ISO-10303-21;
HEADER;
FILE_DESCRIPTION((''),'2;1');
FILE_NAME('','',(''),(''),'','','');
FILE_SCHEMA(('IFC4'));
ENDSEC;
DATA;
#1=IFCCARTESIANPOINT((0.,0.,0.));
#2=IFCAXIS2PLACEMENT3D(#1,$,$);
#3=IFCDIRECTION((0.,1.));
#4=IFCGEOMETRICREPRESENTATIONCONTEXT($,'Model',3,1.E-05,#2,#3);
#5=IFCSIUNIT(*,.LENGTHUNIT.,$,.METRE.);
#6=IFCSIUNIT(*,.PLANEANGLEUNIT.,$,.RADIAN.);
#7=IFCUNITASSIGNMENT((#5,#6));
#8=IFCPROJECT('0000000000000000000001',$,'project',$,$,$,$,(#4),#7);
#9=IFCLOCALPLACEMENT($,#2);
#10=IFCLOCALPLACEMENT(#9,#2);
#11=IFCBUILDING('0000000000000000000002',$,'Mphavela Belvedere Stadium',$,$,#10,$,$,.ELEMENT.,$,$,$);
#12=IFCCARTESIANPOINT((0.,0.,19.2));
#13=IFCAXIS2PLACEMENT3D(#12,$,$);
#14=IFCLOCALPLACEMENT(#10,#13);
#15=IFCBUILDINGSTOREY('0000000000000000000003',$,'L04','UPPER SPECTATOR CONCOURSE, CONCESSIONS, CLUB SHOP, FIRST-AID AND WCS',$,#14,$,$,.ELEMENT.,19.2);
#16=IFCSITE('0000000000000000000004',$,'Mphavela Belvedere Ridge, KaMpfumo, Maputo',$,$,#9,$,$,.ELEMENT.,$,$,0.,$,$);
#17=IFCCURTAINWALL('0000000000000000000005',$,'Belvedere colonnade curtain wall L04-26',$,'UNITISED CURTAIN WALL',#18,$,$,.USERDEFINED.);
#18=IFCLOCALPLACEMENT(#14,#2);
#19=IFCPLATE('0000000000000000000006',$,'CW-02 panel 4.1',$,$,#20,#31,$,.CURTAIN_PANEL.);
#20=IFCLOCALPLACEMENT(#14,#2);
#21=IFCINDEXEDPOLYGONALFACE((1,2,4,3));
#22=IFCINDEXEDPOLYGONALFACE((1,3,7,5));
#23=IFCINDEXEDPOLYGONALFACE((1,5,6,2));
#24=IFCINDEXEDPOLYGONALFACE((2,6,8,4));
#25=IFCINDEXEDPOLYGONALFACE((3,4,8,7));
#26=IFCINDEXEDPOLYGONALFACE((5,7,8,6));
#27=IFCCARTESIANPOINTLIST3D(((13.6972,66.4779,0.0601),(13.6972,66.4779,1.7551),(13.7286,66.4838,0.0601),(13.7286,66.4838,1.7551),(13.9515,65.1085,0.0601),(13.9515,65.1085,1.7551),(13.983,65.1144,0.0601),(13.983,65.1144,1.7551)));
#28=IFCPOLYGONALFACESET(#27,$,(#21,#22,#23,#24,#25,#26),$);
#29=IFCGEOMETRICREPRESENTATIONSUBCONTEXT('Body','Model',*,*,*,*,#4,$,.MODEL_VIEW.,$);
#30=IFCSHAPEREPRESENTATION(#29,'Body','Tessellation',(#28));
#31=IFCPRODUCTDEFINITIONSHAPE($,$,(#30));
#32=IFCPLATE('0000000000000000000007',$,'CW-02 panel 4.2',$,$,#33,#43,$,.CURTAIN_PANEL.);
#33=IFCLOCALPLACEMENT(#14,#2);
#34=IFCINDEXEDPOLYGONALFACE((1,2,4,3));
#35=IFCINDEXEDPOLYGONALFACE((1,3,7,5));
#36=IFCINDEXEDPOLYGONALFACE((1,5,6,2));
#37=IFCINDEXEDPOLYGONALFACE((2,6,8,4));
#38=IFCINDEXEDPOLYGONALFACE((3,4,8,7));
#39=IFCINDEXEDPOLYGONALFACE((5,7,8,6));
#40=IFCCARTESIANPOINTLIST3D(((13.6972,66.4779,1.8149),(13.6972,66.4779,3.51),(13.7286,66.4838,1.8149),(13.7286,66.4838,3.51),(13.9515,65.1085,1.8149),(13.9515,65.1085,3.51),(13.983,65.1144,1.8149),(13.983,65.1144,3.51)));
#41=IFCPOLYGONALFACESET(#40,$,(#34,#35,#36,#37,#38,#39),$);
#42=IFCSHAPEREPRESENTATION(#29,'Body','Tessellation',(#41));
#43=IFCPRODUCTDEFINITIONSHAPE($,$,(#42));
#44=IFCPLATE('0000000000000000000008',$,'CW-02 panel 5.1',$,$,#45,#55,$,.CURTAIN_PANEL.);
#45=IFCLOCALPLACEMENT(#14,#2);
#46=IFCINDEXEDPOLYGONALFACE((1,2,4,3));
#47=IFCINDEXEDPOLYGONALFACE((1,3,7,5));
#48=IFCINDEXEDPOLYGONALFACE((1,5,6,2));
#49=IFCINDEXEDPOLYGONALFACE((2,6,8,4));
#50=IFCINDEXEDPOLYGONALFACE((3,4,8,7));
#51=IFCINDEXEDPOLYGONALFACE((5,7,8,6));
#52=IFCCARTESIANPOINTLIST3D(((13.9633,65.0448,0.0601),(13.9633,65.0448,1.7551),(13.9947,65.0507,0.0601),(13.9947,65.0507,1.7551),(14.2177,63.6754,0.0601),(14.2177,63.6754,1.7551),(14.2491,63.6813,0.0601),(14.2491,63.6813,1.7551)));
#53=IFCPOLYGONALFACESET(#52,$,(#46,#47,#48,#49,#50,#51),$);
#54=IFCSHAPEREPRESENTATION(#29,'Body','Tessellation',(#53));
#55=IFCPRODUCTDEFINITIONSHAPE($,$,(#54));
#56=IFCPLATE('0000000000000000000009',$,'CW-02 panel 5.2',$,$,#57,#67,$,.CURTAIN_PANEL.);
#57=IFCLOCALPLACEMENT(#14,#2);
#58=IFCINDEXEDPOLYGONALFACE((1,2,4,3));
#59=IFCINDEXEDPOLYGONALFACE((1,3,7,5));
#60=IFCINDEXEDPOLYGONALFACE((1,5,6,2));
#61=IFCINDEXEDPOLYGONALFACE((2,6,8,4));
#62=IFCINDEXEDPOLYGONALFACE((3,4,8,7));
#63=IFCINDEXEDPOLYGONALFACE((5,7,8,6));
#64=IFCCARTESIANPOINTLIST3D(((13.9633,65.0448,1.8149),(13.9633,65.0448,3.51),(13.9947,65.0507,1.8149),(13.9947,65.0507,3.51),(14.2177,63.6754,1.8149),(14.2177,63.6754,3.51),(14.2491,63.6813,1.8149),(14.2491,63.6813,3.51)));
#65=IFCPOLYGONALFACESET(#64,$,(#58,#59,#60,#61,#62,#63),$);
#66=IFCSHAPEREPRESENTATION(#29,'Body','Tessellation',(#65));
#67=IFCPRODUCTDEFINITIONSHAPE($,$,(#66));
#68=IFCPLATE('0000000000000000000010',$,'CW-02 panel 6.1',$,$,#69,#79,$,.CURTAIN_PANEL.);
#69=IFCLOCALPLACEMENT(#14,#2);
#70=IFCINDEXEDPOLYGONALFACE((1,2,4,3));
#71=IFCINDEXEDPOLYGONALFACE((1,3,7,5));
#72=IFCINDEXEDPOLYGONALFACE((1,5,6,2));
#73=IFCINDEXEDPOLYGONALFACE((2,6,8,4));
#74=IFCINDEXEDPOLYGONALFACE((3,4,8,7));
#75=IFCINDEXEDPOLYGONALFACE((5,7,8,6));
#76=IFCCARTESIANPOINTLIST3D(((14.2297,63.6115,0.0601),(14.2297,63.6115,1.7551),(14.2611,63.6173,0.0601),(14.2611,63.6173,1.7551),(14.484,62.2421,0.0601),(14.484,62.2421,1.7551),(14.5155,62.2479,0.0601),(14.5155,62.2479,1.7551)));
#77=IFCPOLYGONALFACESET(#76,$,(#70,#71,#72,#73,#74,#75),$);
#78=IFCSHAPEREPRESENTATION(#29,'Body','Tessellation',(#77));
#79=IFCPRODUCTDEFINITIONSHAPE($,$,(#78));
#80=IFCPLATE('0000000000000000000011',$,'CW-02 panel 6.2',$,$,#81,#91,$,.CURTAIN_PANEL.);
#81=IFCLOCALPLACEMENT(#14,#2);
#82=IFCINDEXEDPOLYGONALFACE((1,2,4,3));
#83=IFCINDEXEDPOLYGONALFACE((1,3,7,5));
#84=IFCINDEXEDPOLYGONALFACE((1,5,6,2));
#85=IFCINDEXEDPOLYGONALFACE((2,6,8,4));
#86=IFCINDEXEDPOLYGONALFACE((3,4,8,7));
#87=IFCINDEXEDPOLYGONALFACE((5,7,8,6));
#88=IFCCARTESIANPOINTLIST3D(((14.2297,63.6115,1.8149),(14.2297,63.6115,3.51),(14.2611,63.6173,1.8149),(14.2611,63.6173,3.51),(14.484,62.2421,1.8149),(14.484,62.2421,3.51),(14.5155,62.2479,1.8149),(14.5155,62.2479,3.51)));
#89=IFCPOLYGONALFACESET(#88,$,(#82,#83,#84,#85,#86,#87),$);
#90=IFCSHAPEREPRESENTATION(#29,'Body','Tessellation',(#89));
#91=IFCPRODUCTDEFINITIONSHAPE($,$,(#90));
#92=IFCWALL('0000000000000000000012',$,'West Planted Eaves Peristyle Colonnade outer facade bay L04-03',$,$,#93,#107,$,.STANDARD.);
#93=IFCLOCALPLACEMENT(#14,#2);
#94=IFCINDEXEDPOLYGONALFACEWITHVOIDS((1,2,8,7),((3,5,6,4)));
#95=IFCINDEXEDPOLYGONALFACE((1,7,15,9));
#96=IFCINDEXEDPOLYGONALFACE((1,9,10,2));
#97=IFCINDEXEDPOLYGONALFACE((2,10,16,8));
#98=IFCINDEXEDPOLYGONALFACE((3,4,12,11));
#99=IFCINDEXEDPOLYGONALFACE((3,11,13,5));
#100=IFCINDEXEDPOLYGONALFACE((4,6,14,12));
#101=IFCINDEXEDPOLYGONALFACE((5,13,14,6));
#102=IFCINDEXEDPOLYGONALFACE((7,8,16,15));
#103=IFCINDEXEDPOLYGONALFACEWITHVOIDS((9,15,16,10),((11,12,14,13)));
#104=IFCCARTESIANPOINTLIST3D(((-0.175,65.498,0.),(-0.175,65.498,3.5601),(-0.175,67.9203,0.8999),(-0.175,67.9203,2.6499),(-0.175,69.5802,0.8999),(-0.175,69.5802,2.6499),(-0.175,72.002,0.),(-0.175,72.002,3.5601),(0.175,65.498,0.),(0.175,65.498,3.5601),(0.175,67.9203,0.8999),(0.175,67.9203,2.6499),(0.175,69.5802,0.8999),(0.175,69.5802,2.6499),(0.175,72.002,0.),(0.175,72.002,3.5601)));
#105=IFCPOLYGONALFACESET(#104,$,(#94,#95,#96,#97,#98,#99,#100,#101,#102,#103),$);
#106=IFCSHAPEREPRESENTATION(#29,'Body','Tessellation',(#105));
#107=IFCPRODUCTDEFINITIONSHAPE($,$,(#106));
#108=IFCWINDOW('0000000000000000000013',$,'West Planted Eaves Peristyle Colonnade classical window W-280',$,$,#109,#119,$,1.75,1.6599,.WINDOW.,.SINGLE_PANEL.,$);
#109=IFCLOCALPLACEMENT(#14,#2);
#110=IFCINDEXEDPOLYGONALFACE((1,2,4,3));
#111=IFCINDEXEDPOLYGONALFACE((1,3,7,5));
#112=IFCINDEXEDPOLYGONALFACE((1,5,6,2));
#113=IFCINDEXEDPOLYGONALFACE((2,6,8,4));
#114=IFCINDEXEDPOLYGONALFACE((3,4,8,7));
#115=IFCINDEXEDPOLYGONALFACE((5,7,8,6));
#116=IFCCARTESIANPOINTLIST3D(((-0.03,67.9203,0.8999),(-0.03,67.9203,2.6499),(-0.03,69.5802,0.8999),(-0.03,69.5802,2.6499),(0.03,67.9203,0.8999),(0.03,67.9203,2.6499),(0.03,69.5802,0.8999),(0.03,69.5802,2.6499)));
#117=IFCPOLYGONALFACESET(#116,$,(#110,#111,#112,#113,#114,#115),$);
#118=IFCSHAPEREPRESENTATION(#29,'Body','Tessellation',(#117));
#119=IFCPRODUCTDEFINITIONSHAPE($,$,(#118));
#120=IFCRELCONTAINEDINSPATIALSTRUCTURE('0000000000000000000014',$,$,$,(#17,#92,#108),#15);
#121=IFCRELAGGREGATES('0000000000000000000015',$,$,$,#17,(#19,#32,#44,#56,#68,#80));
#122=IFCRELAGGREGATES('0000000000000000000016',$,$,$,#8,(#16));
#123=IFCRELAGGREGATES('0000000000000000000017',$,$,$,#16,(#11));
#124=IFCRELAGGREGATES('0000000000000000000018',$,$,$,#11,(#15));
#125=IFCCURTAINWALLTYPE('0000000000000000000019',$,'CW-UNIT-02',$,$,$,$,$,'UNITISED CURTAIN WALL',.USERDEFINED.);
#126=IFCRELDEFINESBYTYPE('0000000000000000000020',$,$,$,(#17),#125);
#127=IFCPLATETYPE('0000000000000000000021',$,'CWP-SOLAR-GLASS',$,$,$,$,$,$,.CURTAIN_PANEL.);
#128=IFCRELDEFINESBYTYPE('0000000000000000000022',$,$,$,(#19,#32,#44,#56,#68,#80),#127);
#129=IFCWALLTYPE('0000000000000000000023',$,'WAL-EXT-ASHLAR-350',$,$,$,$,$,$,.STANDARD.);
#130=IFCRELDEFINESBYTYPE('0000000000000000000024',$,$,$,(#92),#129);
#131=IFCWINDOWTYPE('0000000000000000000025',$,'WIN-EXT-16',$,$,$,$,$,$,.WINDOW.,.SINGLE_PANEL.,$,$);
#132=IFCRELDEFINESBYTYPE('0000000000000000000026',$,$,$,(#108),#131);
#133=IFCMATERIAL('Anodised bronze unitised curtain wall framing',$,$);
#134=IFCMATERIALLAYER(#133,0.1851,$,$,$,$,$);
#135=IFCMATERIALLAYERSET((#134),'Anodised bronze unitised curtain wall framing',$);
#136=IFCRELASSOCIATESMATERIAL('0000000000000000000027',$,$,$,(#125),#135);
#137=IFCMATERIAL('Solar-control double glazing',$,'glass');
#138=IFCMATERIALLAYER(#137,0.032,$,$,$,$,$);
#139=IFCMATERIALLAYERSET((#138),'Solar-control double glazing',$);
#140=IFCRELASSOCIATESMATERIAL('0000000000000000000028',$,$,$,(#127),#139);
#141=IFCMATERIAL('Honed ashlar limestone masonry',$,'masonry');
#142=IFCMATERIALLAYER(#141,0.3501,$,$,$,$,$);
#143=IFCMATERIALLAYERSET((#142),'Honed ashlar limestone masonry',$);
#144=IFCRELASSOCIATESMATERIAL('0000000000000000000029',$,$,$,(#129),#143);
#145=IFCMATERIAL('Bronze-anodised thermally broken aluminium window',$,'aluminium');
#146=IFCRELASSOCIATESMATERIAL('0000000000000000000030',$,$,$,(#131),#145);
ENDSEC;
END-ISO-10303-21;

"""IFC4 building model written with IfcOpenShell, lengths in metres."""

from ifc_helpers import new_model, si_unit, direction, frame, frame_2d, origin, origin_2d, place, context, subcontext, project, spatial, rectangle, extrude, material, layer, layer_set, type_object, element, fill, aggregate, save


model = new_model("IFC4")

# Units and contexts
model_context = context("Model", 3, precision=1e-05, world=origin(), true_north=direction((0.0, 1.0)))
body_context = subcontext(model_context, "Body", "Model", "MODEL_VIEW")
ifc_project = project(units=[si_unit("LENGTHUNIT", "METRE"), si_unit("PLANEANGLEUNIT", "RADIAN")], contexts=[model_context])

# Site, building, storey
site_placement = place(None, origin())
site = spatial("IfcSite", under=ifc_project, at=site_placement, Name="Mphavela Belvedere Ridge, KaMpfumo, Maputo", CompositionType="ELEMENT", RefElevation=0.0)
building_placement = place(site_placement, origin())
building = spatial("IfcBuilding", under=site, at=building_placement, Name="Mphavela Belvedere Stadium", CompositionType="ELEMENT")
storey_placement = place(building_placement, frame((0.0, 0.0, 19.2)))
storey = spatial("IfcBuildingStorey", under=building, at=storey_placement, Name="L04", Description="UPPER SPECTATOR CONCOURSE, CONCESSIONS, CLUB SHOP, FIRST-AID AND WCS", CompositionType="ELEMENT", Elevation=19.2)

# Curtain wall, plates
ifc_material_1 = material(Name="Anodised bronze unitised curtain wall framing")
ifc_layer_1 = layer(ifc_material_1, 0.1851)
ifc_layer_set_1 = layer_set([ifc_layer_1], Name="Anodised bronze unitised curtain wall framing")
curtain_wall_type = type_object("IfcCurtainWallType", Name="CW-UNIT-02", ElementType="UNITISED CURTAIN WALL", PredefinedType="USERDEFINED", material=ifc_layer_set_1)
curtain_wall_placement = place(storey_placement, origin())
curtain_wall = element("IfcCurtainWall", 1, at=curtain_wall_placement, inside=storey, type_object=curtain_wall_type, Name="Belvedere colonnade curtain wall L04-26", ObjectType="UNITISED CURTAIN WALL", PredefinedType="USERDEFINED")
ifc_material_2 = material(Name="Solar-control double glazing", Category="glass")
ifc_layer_2 = layer(ifc_material_2, 0.032)
ifc_layer_set_2 = layer_set([ifc_layer_2], Name="Solar-control double glazing")
plate_type = type_object("IfcPlateType", Name="CWP-SOLAR-GLASS", PredefinedType="CURTAIN_PANEL", material=ifc_layer_set_2)
plate_1_placement = place(storey_placement, frame((13.8401, 65.7961, 0.0601), z_axis=(0.0, 0.0, 1.0), x_axis=(0.182618, -0.983184, 0.0)))
plate_1 = element("IfcPlate", 2, at=plate_1_placement, type_object=plate_type, Name="CW-02 panel 4.1", PredefinedType="CURTAIN_PANEL", context=body_context, shape_type="SweptSolid", body=[
    extrude(rectangle(XDim=1.3928, YDim=0.032, at=origin_2d()), origin(), (0.0, 0.0, 1.0), 1.6951),
])
plate_2_placement = place(storey_placement, frame((13.8401, 65.7961, 1.8149), z_axis=(0.0, 0.0, 1.0), x_axis=(0.182618, -0.983184, 0.0)))
plate_2 = element("IfcPlate", 3, at=plate_2_placement, type_object=plate_type, Name="CW-02 panel 4.2", PredefinedType="CURTAIN_PANEL", context=body_context, shape_type="SweptSolid", body=[
    extrude(rectangle(XDim=1.3928, YDim=0.032, at=origin_2d()), origin(), (0.0, 0.0, 1.0), 1.6951),
])
plate_3_placement = place(storey_placement, frame((14.1062, 64.363, 0.0601), z_axis=(0.0, 0.0, 1.0), x_axis=(0.182618, -0.983184, 0.0)))
plate_3 = element("IfcPlate", 4, at=plate_3_placement, type_object=plate_type, Name="CW-02 panel 5.1", PredefinedType="CURTAIN_PANEL", context=body_context, shape_type="SweptSolid", body=[
    extrude(rectangle(XDim=1.3928, YDim=0.032, at=origin_2d()), origin(), (0.0, 0.0, 1.0), 1.6951),
])
plate_4_placement = place(storey_placement, frame((14.1062, 64.363, 1.8149), z_axis=(0.0, 0.0, 1.0), x_axis=(0.182618, -0.983184, 0.0)))
plate_4 = element("IfcPlate", 5, at=plate_4_placement, type_object=plate_type, Name="CW-02 panel 5.2", PredefinedType="CURTAIN_PANEL", context=body_context, shape_type="SweptSolid", body=[
    extrude(rectangle(XDim=1.3928, YDim=0.032, at=origin_2d()), origin(), (0.0, 0.0, 1.0), 1.6951),
])
plate_5_placement = place(storey_placement, frame((14.3726, 62.9297, 0.0601), z_axis=(0.0, 0.0, 1.0), x_axis=(0.182618, -0.983184, 0.0)))
plate_5 = element("IfcPlate", 6, at=plate_5_placement, type_object=plate_type, Name="CW-02 panel 6.1", PredefinedType="CURTAIN_PANEL", context=body_context, shape_type="SweptSolid", body=[
    extrude(rectangle(XDim=1.3928, YDim=0.032, at=origin_2d()), origin(), (0.0, 0.0, 1.0), 1.6951),
])
plate_6_placement = place(storey_placement, frame((14.3726, 62.9297, 1.8149), z_axis=(0.0, 0.0, 1.0), x_axis=(0.182618, -0.983184, 0.0)))
plate_6 = element("IfcPlate", 7, at=plate_6_placement, type_object=plate_type, Name="CW-02 panel 6.2", PredefinedType="CURTAIN_PANEL", context=body_context, shape_type="SweptSolid", body=[
    extrude(rectangle(XDim=1.3928, YDim=0.032, at=origin_2d()), origin(), (0.0, 0.0, 1.0), 1.6951),
])
aggregate(curtain_wall, [plate_1, plate_2, plate_3, plate_4, plate_5, plate_6])

# Wall, opening, window
ifc_material_3 = material(Name="Honed ashlar limestone masonry", Category="masonry")
ifc_layer_3 = layer(ifc_material_3, 0.3501)
ifc_layer_set_3 = layer_set([ifc_layer_3], Name="Honed ashlar limestone masonry")
wall_type = type_object("IfcWallType", Name="WAL-EXT-ASHLAR-350", PredefinedType="STANDARD", material=ifc_layer_set_3)
wall_placement = place(storey_placement, frame((0.0, 65.498, 0.0), z_axis=(0.0, 0.0, 1.0), x_axis=(0.0, 1.0, 0.0)))
wall = element("IfcWall", 8, at=wall_placement, inside=storey, type_object=wall_type, Name="West Planted Eaves Peristyle Colonnade outer facade bay L04-03", PredefinedType="STANDARD", context=body_context, shape_type="SweptSolid", body=[
    extrude(rectangle(XDim=6.5039, YDim=0.3501, at=frame_2d((3.252, 0.0))), origin(), (0.0, 0.0, 1.0), 3.5601),
])
opening_placement = place(wall_placement, frame((2.4221, 0.0, 0.8999)))
opening = element("IfcOpeningElement", 9, at=opening_placement, cuts=wall, PredefinedType="OPENING", context=body_context, shape_type="SweptSolid", body=[
    extrude(rectangle(XDim=1.6599, YDim=1.75, at=frame_2d((0.8301, 0.875))), frame((0.0, 0.1851, 0.0), z_axis=(0.0, -1.0, 0.0), x_axis=(1.0, 0.0, 0.0)), (0.0, 0.0, 1.0), 0.3701),
])
ifc_material_4 = material(Name="Bronze-anodised thermally broken aluminium window", Category="aluminium")
window_type = type_object("IfcWindowType", Name="WIN-EXT-16", PartitioningType="SINGLE_PANEL", PredefinedType="WINDOW", material=ifc_material_4)
window_placement = place(opening_placement, origin())
window = element("IfcWindow", 10, at=window_placement, inside=storey, type_object=window_type, Name="West Planted Eaves Peristyle Colonnade classical window W-280", OverallHeight=1.75, OverallWidth=1.6599, PartitioningType="SINGLE_PANEL", PredefinedType="WINDOW", context=body_context, shape_type="SweptSolid", body=[
    extrude(rectangle(XDim=1.6599, YDim=1.75, at=frame_2d((0.8301, 0.875))), frame((0.0, 0.03, 0.0), z_axis=(0.0, -1.0, 0.0), x_axis=(1.0, 0.0, 0.0)), (0.0, 0.0, 1.0), 0.0601),
])
fill(opening, window)

save(model, "model.ifc")
